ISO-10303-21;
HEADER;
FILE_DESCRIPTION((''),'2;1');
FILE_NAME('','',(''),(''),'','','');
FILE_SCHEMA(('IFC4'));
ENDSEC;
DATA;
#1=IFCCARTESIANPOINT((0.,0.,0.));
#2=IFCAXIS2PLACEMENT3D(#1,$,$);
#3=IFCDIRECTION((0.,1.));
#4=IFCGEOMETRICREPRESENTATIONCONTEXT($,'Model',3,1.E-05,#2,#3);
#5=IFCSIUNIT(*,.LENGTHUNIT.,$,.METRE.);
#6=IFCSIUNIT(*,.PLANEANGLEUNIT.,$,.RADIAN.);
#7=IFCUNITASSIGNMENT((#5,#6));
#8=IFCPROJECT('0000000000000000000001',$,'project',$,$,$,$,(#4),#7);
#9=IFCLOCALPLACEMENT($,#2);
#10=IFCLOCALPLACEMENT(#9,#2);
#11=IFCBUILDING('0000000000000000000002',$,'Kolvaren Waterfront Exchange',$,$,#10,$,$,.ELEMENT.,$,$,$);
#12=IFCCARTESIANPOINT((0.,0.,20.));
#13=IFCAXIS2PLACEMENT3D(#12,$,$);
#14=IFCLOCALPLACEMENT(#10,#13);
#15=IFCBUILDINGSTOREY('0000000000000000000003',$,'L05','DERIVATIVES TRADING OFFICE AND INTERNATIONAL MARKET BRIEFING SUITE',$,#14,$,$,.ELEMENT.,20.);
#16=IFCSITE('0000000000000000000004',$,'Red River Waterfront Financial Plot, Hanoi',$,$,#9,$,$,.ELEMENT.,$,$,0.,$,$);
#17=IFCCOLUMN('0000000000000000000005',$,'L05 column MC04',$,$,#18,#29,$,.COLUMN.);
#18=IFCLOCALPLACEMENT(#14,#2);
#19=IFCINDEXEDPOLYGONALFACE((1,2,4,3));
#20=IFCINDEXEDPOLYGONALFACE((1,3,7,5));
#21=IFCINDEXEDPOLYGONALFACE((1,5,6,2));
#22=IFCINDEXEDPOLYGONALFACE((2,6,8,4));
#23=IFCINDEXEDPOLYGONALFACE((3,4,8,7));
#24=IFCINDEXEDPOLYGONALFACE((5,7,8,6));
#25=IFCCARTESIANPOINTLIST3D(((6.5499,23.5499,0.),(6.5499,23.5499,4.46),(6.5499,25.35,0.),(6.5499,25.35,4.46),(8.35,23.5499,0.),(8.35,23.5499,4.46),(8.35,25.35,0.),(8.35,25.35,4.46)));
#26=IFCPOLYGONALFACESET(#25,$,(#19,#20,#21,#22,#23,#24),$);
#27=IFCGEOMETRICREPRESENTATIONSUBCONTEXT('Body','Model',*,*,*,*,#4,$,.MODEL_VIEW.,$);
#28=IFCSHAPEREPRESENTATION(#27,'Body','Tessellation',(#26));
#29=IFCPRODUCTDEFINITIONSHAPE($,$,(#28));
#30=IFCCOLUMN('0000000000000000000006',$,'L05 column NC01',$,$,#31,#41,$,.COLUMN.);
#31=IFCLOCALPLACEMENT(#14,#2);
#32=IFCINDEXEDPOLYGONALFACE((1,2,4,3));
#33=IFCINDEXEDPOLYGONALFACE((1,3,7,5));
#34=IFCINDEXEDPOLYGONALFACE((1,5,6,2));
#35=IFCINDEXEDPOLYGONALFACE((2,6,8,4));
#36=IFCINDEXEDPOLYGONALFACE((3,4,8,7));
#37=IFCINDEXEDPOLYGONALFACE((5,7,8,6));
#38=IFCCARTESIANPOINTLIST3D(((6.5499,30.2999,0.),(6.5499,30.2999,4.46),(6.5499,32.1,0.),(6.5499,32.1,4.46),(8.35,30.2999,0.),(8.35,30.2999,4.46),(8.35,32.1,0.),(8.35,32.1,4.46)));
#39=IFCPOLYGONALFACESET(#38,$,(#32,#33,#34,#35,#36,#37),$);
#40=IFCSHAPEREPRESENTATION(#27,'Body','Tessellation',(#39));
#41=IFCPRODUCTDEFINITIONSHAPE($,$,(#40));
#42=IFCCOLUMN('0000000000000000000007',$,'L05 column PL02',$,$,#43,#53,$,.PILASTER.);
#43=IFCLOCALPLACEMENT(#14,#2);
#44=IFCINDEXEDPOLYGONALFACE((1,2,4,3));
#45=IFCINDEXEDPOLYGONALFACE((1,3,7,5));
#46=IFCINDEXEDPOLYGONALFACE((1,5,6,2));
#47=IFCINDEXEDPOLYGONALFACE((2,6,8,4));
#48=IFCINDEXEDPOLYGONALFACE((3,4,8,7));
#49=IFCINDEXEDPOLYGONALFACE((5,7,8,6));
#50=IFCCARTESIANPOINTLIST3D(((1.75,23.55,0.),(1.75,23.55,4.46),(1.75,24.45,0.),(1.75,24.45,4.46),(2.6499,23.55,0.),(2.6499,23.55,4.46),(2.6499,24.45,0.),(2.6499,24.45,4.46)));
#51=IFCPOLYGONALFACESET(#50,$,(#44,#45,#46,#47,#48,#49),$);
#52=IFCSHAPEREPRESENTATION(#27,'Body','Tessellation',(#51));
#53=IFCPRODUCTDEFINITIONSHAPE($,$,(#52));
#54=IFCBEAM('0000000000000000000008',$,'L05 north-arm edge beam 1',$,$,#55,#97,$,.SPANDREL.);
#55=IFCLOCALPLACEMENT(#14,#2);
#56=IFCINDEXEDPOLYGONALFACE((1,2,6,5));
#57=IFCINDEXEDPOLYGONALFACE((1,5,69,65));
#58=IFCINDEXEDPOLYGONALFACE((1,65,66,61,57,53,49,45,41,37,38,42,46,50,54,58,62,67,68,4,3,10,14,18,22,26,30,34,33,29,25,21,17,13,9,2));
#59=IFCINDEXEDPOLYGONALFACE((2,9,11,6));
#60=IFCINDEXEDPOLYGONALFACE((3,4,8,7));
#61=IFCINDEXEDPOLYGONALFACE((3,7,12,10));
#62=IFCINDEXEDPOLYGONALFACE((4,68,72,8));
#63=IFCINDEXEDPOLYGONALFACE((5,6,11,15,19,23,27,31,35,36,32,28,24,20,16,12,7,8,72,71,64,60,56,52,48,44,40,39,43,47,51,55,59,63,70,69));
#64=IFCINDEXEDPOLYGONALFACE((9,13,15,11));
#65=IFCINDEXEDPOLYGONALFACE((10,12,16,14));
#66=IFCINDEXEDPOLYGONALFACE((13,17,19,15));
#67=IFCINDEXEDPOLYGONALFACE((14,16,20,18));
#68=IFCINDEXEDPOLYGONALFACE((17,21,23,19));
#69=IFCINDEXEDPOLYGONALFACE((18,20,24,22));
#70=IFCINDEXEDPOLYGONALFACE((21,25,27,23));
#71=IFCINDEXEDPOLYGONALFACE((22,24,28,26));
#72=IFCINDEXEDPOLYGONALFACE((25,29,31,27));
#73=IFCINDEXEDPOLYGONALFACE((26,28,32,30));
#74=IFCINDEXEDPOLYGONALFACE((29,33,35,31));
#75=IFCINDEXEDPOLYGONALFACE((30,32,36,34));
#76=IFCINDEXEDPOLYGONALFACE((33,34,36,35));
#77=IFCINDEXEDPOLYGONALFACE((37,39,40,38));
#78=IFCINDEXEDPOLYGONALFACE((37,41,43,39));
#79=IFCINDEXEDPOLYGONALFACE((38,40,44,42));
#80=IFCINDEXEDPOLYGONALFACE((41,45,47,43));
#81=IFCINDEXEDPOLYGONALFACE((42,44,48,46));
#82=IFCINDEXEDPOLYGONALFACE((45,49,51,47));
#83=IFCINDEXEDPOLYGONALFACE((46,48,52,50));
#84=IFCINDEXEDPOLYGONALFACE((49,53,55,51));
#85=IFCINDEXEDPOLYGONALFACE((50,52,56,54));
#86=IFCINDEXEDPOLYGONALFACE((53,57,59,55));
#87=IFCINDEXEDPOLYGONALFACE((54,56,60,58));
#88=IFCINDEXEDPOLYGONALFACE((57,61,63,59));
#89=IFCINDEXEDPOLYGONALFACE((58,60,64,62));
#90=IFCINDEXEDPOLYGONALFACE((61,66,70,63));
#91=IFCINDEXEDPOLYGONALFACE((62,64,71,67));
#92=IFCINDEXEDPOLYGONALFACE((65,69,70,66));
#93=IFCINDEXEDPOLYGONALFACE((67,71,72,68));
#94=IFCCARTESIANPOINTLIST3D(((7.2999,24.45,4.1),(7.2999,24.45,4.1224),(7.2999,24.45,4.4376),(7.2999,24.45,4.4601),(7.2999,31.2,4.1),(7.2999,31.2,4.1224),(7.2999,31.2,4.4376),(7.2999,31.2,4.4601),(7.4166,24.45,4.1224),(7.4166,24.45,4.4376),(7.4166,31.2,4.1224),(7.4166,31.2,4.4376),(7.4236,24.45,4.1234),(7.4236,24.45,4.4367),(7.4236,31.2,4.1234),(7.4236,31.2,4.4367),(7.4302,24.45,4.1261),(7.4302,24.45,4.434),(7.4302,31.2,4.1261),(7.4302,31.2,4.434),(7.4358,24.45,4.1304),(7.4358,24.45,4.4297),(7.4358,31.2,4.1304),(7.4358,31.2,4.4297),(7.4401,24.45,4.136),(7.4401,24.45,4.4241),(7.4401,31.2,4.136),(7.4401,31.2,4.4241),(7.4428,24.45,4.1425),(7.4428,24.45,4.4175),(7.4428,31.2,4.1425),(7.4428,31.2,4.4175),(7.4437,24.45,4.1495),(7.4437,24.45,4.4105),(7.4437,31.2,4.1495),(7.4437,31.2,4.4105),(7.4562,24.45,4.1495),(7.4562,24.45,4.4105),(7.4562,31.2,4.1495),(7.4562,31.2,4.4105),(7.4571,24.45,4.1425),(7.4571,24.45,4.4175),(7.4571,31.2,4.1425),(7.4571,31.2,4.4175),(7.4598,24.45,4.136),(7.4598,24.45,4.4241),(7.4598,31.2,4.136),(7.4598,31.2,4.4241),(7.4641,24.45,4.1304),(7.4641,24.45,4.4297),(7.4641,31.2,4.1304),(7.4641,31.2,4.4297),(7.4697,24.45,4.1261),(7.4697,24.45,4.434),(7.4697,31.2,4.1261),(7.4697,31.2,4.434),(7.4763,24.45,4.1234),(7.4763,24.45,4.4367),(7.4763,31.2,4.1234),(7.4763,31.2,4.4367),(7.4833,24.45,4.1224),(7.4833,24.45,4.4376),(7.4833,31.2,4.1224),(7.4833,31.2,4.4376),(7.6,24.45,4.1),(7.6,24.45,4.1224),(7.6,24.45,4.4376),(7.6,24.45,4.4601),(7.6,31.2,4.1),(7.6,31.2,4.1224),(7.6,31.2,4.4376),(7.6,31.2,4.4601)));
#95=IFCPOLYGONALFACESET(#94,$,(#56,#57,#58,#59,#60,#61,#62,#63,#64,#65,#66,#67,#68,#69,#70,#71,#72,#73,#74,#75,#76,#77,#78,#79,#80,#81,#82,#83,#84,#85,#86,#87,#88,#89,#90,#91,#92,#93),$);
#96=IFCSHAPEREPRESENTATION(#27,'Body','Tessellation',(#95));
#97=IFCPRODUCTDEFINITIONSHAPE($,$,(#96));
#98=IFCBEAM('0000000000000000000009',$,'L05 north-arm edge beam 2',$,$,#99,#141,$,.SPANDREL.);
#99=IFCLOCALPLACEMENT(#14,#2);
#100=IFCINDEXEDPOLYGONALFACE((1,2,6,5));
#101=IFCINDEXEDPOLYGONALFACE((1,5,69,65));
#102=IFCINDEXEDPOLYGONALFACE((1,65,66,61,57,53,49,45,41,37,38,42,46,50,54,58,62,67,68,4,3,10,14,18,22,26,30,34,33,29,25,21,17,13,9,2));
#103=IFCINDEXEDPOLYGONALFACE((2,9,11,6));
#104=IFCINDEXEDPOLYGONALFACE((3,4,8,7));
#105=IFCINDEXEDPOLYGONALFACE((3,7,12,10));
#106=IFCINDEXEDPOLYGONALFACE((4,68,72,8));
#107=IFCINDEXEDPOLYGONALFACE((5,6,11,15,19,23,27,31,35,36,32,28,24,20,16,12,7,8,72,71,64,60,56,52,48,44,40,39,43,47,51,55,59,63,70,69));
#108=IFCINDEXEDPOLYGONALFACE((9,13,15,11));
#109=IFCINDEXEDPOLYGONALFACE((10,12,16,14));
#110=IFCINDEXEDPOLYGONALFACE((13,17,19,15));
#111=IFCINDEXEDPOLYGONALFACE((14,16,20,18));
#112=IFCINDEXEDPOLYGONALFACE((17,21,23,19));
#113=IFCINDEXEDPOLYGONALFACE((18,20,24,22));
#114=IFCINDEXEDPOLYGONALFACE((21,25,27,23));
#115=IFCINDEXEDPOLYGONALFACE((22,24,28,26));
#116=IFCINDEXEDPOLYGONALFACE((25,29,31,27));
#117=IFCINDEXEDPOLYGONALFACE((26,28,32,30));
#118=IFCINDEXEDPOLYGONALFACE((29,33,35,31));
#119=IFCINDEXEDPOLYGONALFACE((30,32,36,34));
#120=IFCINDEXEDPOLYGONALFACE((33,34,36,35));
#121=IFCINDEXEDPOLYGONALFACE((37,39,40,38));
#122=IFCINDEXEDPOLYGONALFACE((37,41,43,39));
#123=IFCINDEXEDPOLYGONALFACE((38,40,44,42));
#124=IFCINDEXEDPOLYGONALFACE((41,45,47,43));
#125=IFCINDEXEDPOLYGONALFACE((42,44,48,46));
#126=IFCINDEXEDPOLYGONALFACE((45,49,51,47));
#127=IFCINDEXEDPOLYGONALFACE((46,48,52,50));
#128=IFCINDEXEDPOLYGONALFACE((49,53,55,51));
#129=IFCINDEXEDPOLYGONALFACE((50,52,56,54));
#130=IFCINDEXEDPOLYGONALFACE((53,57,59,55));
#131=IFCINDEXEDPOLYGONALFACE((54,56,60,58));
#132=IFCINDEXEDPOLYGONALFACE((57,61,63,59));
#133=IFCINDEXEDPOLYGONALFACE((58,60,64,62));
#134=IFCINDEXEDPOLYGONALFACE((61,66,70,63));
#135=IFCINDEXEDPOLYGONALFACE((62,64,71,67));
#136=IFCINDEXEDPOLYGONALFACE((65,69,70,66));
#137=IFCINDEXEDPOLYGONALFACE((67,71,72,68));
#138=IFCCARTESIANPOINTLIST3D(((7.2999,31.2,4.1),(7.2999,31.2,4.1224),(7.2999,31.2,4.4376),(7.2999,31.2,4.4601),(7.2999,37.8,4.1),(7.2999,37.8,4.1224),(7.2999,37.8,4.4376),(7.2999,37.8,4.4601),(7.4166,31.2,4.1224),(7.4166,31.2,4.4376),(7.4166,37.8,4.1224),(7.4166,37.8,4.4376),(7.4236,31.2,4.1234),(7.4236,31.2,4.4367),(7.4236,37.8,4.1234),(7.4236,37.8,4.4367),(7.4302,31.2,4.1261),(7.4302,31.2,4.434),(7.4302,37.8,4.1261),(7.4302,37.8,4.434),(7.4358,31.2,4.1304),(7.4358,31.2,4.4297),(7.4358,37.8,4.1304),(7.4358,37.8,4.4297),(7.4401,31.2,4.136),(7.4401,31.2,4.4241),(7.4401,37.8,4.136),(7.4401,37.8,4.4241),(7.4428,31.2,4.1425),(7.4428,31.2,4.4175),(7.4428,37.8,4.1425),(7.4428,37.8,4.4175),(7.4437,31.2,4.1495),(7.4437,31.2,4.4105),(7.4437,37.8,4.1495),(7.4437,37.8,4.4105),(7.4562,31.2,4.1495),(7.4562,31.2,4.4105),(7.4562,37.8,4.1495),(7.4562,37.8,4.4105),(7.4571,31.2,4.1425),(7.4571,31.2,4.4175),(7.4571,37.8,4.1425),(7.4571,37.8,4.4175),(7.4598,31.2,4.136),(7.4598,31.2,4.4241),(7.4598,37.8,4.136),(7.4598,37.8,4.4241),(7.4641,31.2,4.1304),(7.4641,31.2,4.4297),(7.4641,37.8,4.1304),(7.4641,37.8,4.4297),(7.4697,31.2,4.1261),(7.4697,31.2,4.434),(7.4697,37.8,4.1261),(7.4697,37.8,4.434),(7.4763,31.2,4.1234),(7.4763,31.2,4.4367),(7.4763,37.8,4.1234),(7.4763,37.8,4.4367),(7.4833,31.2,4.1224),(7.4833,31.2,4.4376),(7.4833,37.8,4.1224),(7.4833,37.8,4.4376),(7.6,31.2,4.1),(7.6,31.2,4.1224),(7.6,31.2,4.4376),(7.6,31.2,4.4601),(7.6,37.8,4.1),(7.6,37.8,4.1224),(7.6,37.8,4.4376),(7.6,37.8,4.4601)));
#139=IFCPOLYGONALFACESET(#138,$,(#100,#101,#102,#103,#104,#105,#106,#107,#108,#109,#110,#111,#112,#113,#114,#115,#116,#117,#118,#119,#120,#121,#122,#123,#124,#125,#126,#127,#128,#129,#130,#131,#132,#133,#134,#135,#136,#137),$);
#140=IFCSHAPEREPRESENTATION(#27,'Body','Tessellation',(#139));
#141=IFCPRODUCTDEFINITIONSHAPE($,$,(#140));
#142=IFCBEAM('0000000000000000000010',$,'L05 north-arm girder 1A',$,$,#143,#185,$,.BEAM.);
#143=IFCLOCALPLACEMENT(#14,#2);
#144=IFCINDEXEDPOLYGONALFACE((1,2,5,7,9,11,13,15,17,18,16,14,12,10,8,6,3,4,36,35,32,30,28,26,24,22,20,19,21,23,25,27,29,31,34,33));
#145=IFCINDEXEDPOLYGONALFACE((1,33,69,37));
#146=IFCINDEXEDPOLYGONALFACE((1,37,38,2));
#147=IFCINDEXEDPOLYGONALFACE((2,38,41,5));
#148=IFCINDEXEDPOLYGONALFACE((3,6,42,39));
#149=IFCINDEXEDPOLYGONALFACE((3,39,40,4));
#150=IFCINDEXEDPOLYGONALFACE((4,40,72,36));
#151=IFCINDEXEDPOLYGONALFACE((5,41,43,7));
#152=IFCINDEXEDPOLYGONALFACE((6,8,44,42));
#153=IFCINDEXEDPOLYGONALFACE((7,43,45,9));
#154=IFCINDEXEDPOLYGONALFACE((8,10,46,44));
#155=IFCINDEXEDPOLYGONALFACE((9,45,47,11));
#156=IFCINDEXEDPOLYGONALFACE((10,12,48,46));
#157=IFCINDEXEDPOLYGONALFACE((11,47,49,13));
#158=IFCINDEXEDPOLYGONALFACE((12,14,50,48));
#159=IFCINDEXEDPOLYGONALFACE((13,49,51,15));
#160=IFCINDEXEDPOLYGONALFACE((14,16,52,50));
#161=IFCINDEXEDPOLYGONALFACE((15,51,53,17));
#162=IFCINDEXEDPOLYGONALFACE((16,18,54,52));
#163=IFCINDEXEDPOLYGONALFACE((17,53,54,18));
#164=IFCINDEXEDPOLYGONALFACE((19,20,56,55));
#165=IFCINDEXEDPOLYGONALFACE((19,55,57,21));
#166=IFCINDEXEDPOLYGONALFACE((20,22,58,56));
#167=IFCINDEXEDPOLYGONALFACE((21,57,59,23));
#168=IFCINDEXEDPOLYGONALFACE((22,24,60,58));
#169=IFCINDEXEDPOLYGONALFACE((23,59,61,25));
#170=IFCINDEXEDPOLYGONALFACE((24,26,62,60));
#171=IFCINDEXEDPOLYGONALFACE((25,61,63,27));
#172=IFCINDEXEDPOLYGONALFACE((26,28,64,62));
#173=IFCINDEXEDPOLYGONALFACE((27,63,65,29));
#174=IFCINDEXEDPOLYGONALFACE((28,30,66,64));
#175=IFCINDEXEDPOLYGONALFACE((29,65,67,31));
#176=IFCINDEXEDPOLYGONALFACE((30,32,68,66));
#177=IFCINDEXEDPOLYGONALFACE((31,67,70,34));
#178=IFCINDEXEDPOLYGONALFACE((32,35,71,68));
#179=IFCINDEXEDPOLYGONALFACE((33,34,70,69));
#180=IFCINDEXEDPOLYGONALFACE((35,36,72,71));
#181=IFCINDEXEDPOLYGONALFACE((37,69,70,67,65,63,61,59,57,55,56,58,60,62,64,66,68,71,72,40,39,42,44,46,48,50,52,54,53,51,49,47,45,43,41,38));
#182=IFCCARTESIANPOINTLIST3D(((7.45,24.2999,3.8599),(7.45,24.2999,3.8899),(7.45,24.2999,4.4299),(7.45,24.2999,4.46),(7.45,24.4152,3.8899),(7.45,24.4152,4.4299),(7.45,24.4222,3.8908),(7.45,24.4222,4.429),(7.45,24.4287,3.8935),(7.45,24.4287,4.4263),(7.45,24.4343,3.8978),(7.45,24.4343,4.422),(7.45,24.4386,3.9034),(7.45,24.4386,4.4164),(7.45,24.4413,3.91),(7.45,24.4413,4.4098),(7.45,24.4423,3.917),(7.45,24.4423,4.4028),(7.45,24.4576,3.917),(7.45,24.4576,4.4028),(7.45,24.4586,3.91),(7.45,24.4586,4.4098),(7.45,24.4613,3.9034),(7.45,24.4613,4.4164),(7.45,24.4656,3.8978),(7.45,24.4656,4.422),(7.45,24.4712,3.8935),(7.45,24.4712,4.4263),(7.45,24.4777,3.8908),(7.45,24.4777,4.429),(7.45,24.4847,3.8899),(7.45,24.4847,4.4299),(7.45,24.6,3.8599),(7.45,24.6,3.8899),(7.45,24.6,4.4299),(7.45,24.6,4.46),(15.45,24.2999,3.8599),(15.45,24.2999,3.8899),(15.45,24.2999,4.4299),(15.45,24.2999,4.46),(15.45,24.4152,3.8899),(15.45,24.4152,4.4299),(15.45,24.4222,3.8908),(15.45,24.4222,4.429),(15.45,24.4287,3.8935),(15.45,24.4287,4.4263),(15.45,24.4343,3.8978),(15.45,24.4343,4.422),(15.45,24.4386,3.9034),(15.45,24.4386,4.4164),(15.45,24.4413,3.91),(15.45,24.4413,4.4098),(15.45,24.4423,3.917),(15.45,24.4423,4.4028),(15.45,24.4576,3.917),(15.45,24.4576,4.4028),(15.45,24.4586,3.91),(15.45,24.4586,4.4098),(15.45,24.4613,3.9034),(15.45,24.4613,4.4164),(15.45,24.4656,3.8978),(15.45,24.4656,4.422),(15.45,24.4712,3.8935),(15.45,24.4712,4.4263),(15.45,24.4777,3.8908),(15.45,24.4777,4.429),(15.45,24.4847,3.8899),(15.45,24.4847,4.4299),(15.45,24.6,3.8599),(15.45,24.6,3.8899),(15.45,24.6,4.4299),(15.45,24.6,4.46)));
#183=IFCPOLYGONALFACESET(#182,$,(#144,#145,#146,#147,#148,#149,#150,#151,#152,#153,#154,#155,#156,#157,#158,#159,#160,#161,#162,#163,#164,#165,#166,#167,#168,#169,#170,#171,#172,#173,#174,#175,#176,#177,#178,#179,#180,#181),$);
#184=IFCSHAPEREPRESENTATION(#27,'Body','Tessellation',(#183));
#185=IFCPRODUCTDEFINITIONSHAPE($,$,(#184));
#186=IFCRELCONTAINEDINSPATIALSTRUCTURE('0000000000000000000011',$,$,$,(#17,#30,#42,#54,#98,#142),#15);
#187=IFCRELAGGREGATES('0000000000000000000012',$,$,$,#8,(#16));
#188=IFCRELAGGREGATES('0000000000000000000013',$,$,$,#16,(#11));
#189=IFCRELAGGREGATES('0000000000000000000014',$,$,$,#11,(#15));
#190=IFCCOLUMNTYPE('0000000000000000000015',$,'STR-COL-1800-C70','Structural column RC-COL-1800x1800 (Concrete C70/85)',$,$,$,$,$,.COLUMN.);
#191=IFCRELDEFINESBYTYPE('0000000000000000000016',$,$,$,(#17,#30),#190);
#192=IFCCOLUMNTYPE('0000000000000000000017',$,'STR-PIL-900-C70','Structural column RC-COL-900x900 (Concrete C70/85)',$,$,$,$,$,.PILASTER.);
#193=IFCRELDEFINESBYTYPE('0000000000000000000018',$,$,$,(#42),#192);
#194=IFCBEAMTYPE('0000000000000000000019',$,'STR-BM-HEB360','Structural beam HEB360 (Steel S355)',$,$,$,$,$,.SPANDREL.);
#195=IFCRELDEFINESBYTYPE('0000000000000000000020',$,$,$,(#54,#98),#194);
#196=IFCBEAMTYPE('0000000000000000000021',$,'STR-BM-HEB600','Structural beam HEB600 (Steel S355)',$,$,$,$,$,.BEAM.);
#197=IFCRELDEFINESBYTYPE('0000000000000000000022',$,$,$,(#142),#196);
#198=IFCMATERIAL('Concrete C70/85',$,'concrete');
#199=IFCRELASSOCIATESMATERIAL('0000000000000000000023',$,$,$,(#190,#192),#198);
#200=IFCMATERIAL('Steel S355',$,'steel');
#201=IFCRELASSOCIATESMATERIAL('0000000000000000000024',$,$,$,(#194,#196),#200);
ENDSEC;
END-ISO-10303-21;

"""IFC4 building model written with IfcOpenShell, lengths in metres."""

from ifc_helpers import new_model, si_unit, direction, frame, origin, origin_2d, place, context, subcontext, project, spatial, rectangle, i_section, extrude, material, material_profile, profile_set, type_object, element, save


model = new_model("IFC4")

# Units and contexts
model_context = context("Model", 3, precision=1e-05, world=origin(), true_north=direction((0.0, 1.0)))
body_context = subcontext(model_context, "Body", "Model", "MODEL_VIEW")
ifc_project = project(units=[si_unit("LENGTHUNIT", "METRE"), si_unit("PLANEANGLEUNIT", "RADIAN")], contexts=[model_context])

# Site, building, storey
site_placement = place(None, origin())
site = spatial("IfcSite", under=ifc_project, at=site_placement, Name="Red River Waterfront Financial Plot, Hanoi", CompositionType="ELEMENT", RefElevation=0.0)
building_placement = place(site_placement, origin())
building = spatial("IfcBuilding", under=site, at=building_placement, Name="Kolvaren Waterfront Exchange", CompositionType="ELEMENT")
storey_placement = place(building_placement, frame((0.0, 0.0, 20.0)))
storey = spatial("IfcBuildingStorey", under=building, at=storey_placement, Name="L05", Description="DERIVATIVES TRADING OFFICE AND INTERNATIONAL MARKET BRIEFING SUITE", CompositionType="ELEMENT", Elevation=20.0)

# Columns
ifc_material_1 = material(Name="Concrete C70/85", Category="concrete")
ifc_material_profile_1 = material_profile(ifc_material_1, rectangle(XDim=1.8, YDim=1.8, at=origin_2d()), Name="RC-COL-1800x1800")
ifc_profile_set_1 = profile_set([ifc_material_profile_1], Name="Concrete C70/85")
column_type_1 = type_object("IfcColumnType", Name="STR-COL-1800-C70", Description="Structural column RC-COL-1800x1800 (Concrete C70/85)", PredefinedType="COLUMN", material=ifc_profile_set_1)
for number, where, z_axis, x_axis, name in (
    (1, (7.45, 24.45, 0.0), (0.0, 0.0, 1.0), (1.0, 0.0, 0.0), "L05 column MC04"),
    (2, (7.45, 31.2, 0.0), (0.0, 0.0, 1.0), (1.0, 0.0, 0.0), "L05 column NC01"),
):
    element("IfcColumn", number, at=place(storey_placement, frame(where, z_axis=z_axis, x_axis=x_axis)), inside=storey, type_object=column_type_1, Name=name, PredefinedType="COLUMN", context=body_context, shape_type="SweptSolid", body=[
        extrude(rectangle(XDim=1.8, YDim=1.8, at=origin_2d()), origin(), (0.0, 0.0, 1.0), 4.46),
    ])
ifc_material_profile_2 = material_profile(ifc_material_1, rectangle(XDim=0.8999, YDim=0.8999, at=origin_2d()), Name="RC-COL-900x900")
ifc_profile_set_2 = profile_set([ifc_material_profile_2], Name="Concrete C70/85")
column_type_2 = type_object("IfcColumnType", Name="STR-PIL-900-C70", Description="Structural column RC-COL-900x900 (Concrete C70/85)", PredefinedType="PILASTER", material=ifc_profile_set_2)
column_placement = place(storey_placement, frame((2.2, 24.0, 0.0), z_axis=(0.0, 0.0, 1.0), x_axis=(1.0, 0.0, 0.0)))
element("IfcColumn", 3, at=column_placement, inside=storey, type_object=column_type_2, Name="L05 column PL02", PredefinedType="PILASTER", context=body_context, shape_type="SweptSolid", body=[
    extrude(rectangle(XDim=0.8999, YDim=0.8999, at=origin_2d()), origin(), (0.0, 0.0, 1.0), 4.46),
])

# Beams
ifc_material_2 = material(Name="Steel S355", Category="steel")
ifc_material_profile_3 = material_profile(ifc_material_2, i_section(OverallWidth=0.3, OverallDepth=0.3601, WebThickness=0.0125, FlangeThickness=0.0225, FilletRadius=0.0271, at=origin_2d()), Name="HEB360")
ifc_profile_set_3 = profile_set([ifc_material_profile_3], Name="Steel S355")
beam_type_1 = type_object("IfcBeamType", Name="STR-BM-HEB360", Description="Structural beam HEB360 (Steel S355)", PredefinedType="SPANDREL", material=ifc_profile_set_3)
beam_1_placement = place(storey_placement, frame((7.45, 24.45, 4.28), z_axis=(0.0, 1.0, 0.0), x_axis=(-1.0, 0.0, 0.0)))
element("IfcBeam", 4, at=beam_1_placement, inside=storey, type_object=beam_type_1, Name="L05 north-arm edge beam 1", PredefinedType="SPANDREL", context=body_context, shape_type="SweptSolid", body=[
    extrude(i_section(OverallWidth=0.3, OverallDepth=0.3601, WebThickness=0.0125, FlangeThickness=0.0225, FilletRadius=0.0271, at=origin_2d()), origin(), (0.0, 0.0, 1.0), 6.75),
])
beam_2_placement = place(storey_placement, frame((7.45, 31.2, 4.28), z_axis=(0.0, 1.0, 0.0), x_axis=(-1.0, 0.0, 0.0)))
element("IfcBeam", 5, at=beam_2_placement, inside=storey, type_object=beam_type_1, Name="L05 north-arm edge beam 2", PredefinedType="SPANDREL", context=body_context, shape_type="SweptSolid", body=[
    extrude(i_section(OverallWidth=0.3, OverallDepth=0.3601, WebThickness=0.0125, FlangeThickness=0.0225, FilletRadius=0.0271, at=origin_2d()), origin(), (0.0, 0.0, 1.0), 6.6001),
])
ifc_material_profile_4 = material_profile(ifc_material_2, i_section(OverallWidth=0.3, OverallDepth=0.6001, WebThickness=0.0154, FlangeThickness=0.03, FilletRadius=0.0271, at=origin_2d()), Name="HEB600")
ifc_profile_set_4 = profile_set([ifc_material_profile_4], Name="Steel S355")
beam_type_2 = type_object("IfcBeamType", Name="STR-BM-HEB600", Description="Structural beam HEB600 (Steel S355)", PredefinedType="BEAM", material=ifc_profile_set_4)
beam_3_placement = place(storey_placement, frame((7.45, 24.45, 4.1599), z_axis=(1.0, 0.0, 0.0), x_axis=(0.0, 1.0, 0.0)))
element("IfcBeam", 6, at=beam_3_placement, inside=storey, type_object=beam_type_2, Name="L05 north-arm girder 1A", PredefinedType="BEAM", context=body_context, shape_type="SweptSolid", body=[
    extrude(i_section(OverallWidth=0.3, OverallDepth=0.6001, WebThickness=0.0154, FlangeThickness=0.03, FilletRadius=0.0271, at=origin_2d()), origin(), (0.0, 0.0, 1.0), 8.0),
])

save(model, "model.ifc")
